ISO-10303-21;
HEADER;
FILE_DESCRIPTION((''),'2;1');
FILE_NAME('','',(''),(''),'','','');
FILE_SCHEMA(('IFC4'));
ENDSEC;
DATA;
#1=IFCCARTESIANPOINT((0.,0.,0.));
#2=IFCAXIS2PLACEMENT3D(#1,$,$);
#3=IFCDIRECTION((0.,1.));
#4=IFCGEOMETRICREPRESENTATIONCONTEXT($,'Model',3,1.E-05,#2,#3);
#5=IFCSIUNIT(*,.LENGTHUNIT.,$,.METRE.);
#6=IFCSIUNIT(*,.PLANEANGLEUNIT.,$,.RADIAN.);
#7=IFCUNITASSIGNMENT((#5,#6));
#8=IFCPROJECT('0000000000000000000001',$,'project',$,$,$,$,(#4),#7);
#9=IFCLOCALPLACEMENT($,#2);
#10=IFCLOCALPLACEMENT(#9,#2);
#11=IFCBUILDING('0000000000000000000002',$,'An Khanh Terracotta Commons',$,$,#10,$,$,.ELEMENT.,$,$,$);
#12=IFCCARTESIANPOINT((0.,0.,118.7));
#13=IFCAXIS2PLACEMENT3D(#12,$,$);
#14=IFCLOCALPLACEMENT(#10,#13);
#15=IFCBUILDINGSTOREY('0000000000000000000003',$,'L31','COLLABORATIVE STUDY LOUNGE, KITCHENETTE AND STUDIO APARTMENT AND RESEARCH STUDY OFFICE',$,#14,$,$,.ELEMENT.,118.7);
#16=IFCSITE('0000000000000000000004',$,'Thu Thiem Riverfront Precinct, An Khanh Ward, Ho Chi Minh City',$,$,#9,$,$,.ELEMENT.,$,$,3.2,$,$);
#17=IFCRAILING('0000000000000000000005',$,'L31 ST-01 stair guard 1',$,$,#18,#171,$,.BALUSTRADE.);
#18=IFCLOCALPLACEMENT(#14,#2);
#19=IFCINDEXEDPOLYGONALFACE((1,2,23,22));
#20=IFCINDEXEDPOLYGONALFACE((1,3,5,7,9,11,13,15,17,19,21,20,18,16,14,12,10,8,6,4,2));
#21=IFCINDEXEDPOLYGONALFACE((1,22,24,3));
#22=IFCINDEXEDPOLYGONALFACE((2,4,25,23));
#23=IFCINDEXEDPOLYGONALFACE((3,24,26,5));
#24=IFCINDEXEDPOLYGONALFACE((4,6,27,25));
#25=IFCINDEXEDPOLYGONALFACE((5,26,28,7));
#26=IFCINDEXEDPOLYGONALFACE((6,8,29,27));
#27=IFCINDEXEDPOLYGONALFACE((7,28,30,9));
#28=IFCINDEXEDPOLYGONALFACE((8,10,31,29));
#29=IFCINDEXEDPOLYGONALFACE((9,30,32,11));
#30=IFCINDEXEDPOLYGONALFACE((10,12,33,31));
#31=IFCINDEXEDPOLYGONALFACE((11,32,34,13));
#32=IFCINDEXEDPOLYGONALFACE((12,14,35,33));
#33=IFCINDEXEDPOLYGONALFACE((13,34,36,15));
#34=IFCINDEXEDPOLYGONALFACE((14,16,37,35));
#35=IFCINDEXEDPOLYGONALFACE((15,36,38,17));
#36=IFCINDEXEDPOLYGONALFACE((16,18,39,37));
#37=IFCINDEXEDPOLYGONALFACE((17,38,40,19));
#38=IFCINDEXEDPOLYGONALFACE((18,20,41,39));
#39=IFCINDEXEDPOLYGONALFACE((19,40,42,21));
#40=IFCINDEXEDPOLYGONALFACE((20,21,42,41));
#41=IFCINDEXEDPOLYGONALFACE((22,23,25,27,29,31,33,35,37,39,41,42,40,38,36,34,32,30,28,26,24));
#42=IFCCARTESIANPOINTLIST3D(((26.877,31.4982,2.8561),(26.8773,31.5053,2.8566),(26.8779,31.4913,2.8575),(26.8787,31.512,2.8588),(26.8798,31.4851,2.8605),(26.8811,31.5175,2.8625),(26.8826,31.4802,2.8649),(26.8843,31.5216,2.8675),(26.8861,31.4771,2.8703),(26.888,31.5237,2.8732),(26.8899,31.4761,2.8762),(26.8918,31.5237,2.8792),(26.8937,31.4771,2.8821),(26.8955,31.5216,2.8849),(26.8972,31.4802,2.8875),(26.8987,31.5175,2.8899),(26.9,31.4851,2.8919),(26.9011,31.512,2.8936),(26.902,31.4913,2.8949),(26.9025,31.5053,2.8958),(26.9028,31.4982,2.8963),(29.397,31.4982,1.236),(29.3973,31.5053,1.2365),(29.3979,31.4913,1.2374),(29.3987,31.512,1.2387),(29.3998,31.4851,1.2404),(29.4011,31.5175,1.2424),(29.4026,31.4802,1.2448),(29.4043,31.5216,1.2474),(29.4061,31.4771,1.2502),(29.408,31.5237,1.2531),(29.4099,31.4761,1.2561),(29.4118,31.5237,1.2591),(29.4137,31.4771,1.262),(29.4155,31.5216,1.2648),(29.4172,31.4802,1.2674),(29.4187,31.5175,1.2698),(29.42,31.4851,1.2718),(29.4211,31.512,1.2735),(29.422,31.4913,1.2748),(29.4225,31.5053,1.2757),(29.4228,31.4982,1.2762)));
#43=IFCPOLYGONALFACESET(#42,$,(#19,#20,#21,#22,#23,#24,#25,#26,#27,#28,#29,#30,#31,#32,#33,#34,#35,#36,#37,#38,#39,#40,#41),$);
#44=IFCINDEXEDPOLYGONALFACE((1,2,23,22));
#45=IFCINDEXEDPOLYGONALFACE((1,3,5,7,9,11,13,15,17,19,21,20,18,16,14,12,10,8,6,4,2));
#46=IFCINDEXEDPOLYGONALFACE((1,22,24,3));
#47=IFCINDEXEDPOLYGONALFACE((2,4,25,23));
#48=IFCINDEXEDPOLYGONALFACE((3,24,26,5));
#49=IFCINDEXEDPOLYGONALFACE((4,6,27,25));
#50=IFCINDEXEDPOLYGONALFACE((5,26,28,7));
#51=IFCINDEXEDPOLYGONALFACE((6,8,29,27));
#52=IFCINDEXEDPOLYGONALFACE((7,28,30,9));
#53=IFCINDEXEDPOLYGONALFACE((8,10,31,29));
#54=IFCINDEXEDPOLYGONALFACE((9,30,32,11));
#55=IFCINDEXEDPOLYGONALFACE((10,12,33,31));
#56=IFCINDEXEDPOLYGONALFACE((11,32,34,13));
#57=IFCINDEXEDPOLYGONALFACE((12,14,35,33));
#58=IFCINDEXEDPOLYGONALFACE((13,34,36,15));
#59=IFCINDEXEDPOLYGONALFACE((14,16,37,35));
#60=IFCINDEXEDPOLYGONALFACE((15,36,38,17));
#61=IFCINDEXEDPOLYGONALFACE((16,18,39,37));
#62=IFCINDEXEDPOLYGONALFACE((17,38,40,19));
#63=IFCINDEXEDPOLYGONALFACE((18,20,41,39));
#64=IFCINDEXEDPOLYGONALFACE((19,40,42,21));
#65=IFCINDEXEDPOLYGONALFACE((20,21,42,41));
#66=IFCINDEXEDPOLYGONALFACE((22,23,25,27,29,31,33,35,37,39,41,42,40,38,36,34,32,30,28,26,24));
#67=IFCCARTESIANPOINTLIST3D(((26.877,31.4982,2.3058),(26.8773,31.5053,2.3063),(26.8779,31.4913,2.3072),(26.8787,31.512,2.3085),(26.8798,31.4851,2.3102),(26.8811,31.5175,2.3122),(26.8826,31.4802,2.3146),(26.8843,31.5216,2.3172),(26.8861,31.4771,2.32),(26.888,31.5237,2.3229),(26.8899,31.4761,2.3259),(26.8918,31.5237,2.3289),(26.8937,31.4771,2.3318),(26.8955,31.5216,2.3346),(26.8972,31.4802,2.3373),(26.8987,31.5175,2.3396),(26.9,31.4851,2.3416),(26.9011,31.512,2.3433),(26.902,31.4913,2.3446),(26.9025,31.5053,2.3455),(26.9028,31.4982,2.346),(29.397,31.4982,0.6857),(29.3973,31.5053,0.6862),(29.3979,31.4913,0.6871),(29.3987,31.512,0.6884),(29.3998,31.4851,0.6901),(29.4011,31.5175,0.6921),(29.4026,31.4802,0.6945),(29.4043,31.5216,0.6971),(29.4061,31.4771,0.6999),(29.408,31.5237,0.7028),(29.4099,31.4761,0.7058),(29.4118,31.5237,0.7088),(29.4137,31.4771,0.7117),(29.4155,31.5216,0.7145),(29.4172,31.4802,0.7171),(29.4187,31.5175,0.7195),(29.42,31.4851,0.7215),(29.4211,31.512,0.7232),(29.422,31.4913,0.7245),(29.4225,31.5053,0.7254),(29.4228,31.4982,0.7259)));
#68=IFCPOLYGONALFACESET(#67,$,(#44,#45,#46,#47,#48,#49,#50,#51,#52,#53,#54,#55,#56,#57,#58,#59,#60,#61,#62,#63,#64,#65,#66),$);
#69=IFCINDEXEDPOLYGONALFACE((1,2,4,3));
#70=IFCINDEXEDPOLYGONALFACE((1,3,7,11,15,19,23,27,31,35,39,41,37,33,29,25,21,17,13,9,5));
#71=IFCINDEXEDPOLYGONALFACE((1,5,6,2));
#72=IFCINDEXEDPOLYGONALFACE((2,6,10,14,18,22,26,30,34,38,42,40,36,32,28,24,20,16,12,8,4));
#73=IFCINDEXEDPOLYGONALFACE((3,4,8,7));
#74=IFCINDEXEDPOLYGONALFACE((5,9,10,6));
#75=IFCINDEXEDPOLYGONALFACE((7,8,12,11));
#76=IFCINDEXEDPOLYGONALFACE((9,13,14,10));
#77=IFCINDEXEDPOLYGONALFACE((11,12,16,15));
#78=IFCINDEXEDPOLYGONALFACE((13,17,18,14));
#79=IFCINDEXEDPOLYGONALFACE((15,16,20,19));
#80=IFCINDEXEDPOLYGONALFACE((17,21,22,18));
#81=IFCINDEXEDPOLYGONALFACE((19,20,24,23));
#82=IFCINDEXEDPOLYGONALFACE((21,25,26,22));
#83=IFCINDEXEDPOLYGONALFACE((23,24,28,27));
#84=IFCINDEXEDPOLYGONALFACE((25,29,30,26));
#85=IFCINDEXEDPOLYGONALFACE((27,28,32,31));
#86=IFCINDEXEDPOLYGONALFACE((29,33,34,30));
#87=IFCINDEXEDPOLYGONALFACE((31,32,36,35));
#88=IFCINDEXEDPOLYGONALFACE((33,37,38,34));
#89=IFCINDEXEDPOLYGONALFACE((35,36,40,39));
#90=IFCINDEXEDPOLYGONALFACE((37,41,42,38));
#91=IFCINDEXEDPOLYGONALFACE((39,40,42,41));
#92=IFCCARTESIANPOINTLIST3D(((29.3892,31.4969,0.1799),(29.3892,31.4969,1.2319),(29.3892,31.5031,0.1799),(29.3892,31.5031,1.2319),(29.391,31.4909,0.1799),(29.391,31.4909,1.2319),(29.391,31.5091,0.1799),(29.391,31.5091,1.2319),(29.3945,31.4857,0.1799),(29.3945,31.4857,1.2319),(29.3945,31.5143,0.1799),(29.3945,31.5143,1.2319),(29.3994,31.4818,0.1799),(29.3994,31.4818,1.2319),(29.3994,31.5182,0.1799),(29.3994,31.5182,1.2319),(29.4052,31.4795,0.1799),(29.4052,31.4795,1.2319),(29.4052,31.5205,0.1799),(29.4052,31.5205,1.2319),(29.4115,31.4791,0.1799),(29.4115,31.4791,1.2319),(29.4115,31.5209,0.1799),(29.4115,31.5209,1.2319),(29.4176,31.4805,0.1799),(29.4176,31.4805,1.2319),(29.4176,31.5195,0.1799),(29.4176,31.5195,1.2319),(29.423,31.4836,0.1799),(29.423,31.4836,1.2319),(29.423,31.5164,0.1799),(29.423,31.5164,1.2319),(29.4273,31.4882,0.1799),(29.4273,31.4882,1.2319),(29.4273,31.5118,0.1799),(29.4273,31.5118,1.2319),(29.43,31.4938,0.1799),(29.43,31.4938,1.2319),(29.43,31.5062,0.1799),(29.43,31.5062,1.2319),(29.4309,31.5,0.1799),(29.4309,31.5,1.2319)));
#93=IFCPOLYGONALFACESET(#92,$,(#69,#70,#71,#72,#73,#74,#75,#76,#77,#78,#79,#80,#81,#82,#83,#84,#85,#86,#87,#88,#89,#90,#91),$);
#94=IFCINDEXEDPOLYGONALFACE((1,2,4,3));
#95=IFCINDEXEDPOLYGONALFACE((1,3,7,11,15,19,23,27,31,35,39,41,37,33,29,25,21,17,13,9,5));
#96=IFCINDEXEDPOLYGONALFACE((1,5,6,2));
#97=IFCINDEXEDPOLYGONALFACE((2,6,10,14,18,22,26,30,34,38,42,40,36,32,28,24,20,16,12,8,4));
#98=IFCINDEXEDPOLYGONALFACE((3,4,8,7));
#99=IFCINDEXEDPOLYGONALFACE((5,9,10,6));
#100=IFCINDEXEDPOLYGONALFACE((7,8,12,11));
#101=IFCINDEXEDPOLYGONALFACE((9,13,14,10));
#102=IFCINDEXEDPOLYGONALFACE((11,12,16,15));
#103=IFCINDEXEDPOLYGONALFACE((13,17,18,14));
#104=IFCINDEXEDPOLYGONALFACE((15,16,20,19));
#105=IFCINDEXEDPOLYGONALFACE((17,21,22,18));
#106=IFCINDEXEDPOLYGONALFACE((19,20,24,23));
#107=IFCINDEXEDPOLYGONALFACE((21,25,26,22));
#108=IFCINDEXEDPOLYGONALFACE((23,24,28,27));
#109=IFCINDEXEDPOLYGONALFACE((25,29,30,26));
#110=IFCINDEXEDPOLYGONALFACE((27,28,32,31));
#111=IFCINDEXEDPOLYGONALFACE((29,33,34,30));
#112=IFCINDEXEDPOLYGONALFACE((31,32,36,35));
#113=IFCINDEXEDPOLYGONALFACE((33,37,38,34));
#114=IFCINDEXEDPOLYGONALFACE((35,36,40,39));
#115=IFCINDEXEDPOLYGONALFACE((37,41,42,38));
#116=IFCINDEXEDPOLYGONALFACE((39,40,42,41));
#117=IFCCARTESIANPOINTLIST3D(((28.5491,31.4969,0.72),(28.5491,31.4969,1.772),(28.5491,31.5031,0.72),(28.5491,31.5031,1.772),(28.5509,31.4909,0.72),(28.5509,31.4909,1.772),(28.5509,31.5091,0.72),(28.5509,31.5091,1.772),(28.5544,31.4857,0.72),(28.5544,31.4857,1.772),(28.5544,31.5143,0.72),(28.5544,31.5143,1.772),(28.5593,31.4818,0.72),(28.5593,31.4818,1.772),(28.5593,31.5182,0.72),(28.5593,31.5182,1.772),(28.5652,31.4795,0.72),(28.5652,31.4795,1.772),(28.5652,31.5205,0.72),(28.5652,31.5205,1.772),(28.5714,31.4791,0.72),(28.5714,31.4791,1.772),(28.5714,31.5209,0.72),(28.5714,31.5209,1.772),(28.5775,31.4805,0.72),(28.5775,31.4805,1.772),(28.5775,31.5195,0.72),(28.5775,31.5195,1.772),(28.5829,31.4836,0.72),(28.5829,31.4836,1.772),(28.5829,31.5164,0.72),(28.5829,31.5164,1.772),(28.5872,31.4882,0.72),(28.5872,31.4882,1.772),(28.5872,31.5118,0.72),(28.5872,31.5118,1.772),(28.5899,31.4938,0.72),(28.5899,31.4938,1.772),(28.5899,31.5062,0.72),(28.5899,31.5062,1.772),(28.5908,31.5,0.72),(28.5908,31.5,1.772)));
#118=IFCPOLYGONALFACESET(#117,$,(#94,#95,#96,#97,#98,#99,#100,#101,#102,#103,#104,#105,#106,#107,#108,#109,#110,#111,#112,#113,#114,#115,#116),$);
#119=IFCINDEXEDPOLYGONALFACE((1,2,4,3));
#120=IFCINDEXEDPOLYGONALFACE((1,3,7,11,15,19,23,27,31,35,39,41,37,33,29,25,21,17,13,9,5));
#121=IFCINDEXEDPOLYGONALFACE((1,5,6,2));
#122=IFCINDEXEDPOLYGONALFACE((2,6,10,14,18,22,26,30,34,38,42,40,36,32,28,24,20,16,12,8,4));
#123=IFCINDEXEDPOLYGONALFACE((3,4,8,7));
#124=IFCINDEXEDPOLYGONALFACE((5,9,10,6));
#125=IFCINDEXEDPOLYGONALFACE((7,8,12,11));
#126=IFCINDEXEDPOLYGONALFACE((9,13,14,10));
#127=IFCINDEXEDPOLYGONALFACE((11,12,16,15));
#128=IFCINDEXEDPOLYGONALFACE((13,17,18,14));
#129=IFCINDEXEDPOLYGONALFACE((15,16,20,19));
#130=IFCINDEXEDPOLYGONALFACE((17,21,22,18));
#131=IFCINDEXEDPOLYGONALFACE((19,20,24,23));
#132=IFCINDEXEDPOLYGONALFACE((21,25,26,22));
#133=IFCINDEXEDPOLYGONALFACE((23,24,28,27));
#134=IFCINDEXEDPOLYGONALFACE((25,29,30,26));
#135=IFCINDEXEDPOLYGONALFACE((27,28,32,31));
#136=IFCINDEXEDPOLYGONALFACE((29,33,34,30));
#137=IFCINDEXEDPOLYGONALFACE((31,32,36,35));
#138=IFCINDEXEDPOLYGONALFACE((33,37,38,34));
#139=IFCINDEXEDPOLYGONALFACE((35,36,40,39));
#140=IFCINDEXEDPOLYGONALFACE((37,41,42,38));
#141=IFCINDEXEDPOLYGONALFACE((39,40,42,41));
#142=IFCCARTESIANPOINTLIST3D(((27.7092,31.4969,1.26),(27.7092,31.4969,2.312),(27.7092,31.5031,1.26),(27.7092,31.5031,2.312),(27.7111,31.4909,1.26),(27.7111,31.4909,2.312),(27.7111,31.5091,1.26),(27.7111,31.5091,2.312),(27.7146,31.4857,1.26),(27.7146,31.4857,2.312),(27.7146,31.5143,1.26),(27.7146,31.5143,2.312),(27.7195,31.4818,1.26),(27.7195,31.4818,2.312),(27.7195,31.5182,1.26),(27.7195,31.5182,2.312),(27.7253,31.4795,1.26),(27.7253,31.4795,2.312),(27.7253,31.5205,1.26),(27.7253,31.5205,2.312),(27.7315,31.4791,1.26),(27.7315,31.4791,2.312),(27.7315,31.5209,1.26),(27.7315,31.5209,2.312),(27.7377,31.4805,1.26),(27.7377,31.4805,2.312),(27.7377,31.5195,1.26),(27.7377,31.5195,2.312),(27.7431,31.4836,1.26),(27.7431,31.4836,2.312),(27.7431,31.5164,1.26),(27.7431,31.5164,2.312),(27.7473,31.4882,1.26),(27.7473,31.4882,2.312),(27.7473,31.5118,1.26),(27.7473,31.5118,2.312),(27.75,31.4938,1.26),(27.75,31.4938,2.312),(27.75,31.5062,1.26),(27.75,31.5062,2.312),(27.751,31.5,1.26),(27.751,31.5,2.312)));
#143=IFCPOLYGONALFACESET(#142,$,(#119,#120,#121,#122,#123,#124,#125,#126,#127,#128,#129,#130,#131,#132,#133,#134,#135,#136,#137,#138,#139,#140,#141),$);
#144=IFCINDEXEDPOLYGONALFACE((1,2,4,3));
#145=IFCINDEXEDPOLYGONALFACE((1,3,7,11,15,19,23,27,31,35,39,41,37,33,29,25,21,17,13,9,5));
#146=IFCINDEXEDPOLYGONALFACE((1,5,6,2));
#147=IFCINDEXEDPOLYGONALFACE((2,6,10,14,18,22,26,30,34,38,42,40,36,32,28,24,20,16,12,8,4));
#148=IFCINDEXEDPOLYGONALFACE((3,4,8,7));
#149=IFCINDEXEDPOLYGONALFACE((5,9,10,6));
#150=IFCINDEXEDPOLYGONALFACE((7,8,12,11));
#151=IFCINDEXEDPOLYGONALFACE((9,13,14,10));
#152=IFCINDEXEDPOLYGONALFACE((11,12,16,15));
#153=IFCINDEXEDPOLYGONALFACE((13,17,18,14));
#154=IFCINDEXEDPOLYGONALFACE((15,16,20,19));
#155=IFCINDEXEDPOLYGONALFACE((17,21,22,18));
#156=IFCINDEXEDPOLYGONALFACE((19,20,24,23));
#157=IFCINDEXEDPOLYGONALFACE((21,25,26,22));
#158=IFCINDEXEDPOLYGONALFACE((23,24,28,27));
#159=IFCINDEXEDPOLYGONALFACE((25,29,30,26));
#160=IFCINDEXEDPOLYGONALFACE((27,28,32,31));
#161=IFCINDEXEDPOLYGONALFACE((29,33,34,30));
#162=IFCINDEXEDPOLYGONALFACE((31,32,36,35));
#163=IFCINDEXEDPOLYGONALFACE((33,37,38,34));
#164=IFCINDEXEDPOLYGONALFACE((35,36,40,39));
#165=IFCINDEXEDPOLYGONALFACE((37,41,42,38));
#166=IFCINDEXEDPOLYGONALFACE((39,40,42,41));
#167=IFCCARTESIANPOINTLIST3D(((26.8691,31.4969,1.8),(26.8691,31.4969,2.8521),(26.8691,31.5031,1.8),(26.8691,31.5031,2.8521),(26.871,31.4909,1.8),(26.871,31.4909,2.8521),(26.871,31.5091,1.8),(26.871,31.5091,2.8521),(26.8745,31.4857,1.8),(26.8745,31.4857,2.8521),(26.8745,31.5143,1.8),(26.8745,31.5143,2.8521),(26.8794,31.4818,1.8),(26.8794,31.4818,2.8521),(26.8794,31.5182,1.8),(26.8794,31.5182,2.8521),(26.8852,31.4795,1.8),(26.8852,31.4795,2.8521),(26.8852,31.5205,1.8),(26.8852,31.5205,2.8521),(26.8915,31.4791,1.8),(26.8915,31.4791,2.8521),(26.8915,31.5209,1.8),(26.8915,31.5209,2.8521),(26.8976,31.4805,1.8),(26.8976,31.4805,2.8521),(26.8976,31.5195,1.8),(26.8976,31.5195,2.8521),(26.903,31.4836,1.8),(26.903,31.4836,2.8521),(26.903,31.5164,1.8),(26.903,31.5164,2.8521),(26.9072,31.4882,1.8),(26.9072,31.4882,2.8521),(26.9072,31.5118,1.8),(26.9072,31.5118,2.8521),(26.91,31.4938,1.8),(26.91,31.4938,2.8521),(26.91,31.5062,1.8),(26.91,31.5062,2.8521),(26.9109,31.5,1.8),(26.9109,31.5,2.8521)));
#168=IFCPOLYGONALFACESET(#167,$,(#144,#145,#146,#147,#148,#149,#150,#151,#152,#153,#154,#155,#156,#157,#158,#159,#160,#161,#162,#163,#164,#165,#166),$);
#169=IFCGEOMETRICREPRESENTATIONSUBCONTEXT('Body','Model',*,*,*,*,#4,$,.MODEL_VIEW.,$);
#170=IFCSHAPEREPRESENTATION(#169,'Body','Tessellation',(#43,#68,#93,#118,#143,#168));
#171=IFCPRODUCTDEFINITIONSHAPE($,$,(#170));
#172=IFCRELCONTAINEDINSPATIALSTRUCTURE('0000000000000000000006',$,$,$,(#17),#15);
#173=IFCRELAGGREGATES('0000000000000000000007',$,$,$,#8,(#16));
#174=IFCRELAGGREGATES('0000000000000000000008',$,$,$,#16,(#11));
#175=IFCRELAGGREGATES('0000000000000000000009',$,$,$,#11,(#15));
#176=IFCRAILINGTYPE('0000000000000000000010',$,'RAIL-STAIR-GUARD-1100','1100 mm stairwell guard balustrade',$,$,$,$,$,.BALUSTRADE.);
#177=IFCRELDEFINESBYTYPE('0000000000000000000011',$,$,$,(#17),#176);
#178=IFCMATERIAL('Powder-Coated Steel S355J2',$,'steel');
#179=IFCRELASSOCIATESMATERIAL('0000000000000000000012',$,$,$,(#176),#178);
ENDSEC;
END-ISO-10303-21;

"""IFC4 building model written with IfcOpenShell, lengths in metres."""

from ifc_helpers import new_model, si_unit, direction, frame, origin, origin_2d, place, context, subcontext, project, spatial, circle, extrude, material, type_object, element, save


model = new_model("IFC4")

# Units and contexts
model_context = context("Model", 3, precision=1e-05, world=origin(), true_north=direction((0.0, 1.0)))
body_context = subcontext(model_context, "Body", "Model", "MODEL_VIEW")
ifc_project = project(units=[si_unit("LENGTHUNIT", "METRE"), si_unit("PLANEANGLEUNIT", "RADIAN")], contexts=[model_context])

# Site, building, storey
site_placement = place(None, origin())
site = spatial("IfcSite", under=ifc_project, at=site_placement, Name="Thu Thiem Riverfront Precinct, An Khanh Ward, Ho Chi Minh City", CompositionType="ELEMENT", RefElevation=3.2)
building_placement = place(site_placement, origin())
building = spatial("IfcBuilding", under=site, at=building_placement, Name="An Khanh Terracotta Commons", CompositionType="ELEMENT")
storey_placement = place(building_placement, frame((0.0, 0.0, 118.7)))
storey = spatial("IfcBuildingStorey", under=building, at=storey_placement, Name="L31", Description="COLLABORATIVE STUDY LOUNGE, KITCHENETTE AND STUDIO APARTMENT AND RESEARCH STUDY OFFICE", CompositionType="ELEMENT", Elevation=118.7)

# Railing
ifc_material_1 = material(Name="Powder-Coated Steel S355J2", Category="steel")
railing_type_1 = type_object("IfcRailingType", Name="RAIL-STAIR-GUARD-1100", Description="1100 mm stairwell guard balustrade", PredefinedType="BALUSTRADE", material=ifc_material_1)
railing_1_placement = place(storey_placement, frame((29.4099, 31.5, 0.1799)))
element("IfcRailing", 1, at=railing_1_placement, inside=storey, type_object=railing_type_1, Name="L31 ST-01 stair guard 1", PredefinedType="BALUSTRADE", context=body_context, shape_type="SweptSolid", body=[
    extrude(circle(Radius=0.0239, at=origin_2d()), frame((0.0, 0.0, 1.0762), z_axis=(-0.841163, 0.0, 0.540782), x_axis=(0.0, -1.0, 0.0)), (0.0, 0.0, 1.0), 2.9958),
    extrude(circle(Radius=0.0239, at=origin_2d()), frame((0.0, 0.0, 0.5259), z_axis=(-0.841163, 0.0, 0.540782), x_axis=(0.0, -1.0, 0.0)), (0.0, 0.0, 1.0), 2.9958),
    extrude(circle(Radius=0.021, at=origin_2d()), origin(), (0.0, 0.0, 1.0), 1.052),
    extrude(circle(Radius=0.021, at=origin_2d()), frame((-0.8401, 0.0, 0.54)), (0.0, 0.0, 1.0), 1.052),
    extrude(circle(Radius=0.021, at=origin_2d()), frame((-1.6799, 0.0, 1.0801)), (0.0, 0.0, 1.0), 1.052),
    extrude(circle(Radius=0.021, at=origin_2d()), frame((-2.52, 0.0, 1.6201)), (0.0, 0.0, 1.0), 1.052),
])

save(model, "model.ifc")
